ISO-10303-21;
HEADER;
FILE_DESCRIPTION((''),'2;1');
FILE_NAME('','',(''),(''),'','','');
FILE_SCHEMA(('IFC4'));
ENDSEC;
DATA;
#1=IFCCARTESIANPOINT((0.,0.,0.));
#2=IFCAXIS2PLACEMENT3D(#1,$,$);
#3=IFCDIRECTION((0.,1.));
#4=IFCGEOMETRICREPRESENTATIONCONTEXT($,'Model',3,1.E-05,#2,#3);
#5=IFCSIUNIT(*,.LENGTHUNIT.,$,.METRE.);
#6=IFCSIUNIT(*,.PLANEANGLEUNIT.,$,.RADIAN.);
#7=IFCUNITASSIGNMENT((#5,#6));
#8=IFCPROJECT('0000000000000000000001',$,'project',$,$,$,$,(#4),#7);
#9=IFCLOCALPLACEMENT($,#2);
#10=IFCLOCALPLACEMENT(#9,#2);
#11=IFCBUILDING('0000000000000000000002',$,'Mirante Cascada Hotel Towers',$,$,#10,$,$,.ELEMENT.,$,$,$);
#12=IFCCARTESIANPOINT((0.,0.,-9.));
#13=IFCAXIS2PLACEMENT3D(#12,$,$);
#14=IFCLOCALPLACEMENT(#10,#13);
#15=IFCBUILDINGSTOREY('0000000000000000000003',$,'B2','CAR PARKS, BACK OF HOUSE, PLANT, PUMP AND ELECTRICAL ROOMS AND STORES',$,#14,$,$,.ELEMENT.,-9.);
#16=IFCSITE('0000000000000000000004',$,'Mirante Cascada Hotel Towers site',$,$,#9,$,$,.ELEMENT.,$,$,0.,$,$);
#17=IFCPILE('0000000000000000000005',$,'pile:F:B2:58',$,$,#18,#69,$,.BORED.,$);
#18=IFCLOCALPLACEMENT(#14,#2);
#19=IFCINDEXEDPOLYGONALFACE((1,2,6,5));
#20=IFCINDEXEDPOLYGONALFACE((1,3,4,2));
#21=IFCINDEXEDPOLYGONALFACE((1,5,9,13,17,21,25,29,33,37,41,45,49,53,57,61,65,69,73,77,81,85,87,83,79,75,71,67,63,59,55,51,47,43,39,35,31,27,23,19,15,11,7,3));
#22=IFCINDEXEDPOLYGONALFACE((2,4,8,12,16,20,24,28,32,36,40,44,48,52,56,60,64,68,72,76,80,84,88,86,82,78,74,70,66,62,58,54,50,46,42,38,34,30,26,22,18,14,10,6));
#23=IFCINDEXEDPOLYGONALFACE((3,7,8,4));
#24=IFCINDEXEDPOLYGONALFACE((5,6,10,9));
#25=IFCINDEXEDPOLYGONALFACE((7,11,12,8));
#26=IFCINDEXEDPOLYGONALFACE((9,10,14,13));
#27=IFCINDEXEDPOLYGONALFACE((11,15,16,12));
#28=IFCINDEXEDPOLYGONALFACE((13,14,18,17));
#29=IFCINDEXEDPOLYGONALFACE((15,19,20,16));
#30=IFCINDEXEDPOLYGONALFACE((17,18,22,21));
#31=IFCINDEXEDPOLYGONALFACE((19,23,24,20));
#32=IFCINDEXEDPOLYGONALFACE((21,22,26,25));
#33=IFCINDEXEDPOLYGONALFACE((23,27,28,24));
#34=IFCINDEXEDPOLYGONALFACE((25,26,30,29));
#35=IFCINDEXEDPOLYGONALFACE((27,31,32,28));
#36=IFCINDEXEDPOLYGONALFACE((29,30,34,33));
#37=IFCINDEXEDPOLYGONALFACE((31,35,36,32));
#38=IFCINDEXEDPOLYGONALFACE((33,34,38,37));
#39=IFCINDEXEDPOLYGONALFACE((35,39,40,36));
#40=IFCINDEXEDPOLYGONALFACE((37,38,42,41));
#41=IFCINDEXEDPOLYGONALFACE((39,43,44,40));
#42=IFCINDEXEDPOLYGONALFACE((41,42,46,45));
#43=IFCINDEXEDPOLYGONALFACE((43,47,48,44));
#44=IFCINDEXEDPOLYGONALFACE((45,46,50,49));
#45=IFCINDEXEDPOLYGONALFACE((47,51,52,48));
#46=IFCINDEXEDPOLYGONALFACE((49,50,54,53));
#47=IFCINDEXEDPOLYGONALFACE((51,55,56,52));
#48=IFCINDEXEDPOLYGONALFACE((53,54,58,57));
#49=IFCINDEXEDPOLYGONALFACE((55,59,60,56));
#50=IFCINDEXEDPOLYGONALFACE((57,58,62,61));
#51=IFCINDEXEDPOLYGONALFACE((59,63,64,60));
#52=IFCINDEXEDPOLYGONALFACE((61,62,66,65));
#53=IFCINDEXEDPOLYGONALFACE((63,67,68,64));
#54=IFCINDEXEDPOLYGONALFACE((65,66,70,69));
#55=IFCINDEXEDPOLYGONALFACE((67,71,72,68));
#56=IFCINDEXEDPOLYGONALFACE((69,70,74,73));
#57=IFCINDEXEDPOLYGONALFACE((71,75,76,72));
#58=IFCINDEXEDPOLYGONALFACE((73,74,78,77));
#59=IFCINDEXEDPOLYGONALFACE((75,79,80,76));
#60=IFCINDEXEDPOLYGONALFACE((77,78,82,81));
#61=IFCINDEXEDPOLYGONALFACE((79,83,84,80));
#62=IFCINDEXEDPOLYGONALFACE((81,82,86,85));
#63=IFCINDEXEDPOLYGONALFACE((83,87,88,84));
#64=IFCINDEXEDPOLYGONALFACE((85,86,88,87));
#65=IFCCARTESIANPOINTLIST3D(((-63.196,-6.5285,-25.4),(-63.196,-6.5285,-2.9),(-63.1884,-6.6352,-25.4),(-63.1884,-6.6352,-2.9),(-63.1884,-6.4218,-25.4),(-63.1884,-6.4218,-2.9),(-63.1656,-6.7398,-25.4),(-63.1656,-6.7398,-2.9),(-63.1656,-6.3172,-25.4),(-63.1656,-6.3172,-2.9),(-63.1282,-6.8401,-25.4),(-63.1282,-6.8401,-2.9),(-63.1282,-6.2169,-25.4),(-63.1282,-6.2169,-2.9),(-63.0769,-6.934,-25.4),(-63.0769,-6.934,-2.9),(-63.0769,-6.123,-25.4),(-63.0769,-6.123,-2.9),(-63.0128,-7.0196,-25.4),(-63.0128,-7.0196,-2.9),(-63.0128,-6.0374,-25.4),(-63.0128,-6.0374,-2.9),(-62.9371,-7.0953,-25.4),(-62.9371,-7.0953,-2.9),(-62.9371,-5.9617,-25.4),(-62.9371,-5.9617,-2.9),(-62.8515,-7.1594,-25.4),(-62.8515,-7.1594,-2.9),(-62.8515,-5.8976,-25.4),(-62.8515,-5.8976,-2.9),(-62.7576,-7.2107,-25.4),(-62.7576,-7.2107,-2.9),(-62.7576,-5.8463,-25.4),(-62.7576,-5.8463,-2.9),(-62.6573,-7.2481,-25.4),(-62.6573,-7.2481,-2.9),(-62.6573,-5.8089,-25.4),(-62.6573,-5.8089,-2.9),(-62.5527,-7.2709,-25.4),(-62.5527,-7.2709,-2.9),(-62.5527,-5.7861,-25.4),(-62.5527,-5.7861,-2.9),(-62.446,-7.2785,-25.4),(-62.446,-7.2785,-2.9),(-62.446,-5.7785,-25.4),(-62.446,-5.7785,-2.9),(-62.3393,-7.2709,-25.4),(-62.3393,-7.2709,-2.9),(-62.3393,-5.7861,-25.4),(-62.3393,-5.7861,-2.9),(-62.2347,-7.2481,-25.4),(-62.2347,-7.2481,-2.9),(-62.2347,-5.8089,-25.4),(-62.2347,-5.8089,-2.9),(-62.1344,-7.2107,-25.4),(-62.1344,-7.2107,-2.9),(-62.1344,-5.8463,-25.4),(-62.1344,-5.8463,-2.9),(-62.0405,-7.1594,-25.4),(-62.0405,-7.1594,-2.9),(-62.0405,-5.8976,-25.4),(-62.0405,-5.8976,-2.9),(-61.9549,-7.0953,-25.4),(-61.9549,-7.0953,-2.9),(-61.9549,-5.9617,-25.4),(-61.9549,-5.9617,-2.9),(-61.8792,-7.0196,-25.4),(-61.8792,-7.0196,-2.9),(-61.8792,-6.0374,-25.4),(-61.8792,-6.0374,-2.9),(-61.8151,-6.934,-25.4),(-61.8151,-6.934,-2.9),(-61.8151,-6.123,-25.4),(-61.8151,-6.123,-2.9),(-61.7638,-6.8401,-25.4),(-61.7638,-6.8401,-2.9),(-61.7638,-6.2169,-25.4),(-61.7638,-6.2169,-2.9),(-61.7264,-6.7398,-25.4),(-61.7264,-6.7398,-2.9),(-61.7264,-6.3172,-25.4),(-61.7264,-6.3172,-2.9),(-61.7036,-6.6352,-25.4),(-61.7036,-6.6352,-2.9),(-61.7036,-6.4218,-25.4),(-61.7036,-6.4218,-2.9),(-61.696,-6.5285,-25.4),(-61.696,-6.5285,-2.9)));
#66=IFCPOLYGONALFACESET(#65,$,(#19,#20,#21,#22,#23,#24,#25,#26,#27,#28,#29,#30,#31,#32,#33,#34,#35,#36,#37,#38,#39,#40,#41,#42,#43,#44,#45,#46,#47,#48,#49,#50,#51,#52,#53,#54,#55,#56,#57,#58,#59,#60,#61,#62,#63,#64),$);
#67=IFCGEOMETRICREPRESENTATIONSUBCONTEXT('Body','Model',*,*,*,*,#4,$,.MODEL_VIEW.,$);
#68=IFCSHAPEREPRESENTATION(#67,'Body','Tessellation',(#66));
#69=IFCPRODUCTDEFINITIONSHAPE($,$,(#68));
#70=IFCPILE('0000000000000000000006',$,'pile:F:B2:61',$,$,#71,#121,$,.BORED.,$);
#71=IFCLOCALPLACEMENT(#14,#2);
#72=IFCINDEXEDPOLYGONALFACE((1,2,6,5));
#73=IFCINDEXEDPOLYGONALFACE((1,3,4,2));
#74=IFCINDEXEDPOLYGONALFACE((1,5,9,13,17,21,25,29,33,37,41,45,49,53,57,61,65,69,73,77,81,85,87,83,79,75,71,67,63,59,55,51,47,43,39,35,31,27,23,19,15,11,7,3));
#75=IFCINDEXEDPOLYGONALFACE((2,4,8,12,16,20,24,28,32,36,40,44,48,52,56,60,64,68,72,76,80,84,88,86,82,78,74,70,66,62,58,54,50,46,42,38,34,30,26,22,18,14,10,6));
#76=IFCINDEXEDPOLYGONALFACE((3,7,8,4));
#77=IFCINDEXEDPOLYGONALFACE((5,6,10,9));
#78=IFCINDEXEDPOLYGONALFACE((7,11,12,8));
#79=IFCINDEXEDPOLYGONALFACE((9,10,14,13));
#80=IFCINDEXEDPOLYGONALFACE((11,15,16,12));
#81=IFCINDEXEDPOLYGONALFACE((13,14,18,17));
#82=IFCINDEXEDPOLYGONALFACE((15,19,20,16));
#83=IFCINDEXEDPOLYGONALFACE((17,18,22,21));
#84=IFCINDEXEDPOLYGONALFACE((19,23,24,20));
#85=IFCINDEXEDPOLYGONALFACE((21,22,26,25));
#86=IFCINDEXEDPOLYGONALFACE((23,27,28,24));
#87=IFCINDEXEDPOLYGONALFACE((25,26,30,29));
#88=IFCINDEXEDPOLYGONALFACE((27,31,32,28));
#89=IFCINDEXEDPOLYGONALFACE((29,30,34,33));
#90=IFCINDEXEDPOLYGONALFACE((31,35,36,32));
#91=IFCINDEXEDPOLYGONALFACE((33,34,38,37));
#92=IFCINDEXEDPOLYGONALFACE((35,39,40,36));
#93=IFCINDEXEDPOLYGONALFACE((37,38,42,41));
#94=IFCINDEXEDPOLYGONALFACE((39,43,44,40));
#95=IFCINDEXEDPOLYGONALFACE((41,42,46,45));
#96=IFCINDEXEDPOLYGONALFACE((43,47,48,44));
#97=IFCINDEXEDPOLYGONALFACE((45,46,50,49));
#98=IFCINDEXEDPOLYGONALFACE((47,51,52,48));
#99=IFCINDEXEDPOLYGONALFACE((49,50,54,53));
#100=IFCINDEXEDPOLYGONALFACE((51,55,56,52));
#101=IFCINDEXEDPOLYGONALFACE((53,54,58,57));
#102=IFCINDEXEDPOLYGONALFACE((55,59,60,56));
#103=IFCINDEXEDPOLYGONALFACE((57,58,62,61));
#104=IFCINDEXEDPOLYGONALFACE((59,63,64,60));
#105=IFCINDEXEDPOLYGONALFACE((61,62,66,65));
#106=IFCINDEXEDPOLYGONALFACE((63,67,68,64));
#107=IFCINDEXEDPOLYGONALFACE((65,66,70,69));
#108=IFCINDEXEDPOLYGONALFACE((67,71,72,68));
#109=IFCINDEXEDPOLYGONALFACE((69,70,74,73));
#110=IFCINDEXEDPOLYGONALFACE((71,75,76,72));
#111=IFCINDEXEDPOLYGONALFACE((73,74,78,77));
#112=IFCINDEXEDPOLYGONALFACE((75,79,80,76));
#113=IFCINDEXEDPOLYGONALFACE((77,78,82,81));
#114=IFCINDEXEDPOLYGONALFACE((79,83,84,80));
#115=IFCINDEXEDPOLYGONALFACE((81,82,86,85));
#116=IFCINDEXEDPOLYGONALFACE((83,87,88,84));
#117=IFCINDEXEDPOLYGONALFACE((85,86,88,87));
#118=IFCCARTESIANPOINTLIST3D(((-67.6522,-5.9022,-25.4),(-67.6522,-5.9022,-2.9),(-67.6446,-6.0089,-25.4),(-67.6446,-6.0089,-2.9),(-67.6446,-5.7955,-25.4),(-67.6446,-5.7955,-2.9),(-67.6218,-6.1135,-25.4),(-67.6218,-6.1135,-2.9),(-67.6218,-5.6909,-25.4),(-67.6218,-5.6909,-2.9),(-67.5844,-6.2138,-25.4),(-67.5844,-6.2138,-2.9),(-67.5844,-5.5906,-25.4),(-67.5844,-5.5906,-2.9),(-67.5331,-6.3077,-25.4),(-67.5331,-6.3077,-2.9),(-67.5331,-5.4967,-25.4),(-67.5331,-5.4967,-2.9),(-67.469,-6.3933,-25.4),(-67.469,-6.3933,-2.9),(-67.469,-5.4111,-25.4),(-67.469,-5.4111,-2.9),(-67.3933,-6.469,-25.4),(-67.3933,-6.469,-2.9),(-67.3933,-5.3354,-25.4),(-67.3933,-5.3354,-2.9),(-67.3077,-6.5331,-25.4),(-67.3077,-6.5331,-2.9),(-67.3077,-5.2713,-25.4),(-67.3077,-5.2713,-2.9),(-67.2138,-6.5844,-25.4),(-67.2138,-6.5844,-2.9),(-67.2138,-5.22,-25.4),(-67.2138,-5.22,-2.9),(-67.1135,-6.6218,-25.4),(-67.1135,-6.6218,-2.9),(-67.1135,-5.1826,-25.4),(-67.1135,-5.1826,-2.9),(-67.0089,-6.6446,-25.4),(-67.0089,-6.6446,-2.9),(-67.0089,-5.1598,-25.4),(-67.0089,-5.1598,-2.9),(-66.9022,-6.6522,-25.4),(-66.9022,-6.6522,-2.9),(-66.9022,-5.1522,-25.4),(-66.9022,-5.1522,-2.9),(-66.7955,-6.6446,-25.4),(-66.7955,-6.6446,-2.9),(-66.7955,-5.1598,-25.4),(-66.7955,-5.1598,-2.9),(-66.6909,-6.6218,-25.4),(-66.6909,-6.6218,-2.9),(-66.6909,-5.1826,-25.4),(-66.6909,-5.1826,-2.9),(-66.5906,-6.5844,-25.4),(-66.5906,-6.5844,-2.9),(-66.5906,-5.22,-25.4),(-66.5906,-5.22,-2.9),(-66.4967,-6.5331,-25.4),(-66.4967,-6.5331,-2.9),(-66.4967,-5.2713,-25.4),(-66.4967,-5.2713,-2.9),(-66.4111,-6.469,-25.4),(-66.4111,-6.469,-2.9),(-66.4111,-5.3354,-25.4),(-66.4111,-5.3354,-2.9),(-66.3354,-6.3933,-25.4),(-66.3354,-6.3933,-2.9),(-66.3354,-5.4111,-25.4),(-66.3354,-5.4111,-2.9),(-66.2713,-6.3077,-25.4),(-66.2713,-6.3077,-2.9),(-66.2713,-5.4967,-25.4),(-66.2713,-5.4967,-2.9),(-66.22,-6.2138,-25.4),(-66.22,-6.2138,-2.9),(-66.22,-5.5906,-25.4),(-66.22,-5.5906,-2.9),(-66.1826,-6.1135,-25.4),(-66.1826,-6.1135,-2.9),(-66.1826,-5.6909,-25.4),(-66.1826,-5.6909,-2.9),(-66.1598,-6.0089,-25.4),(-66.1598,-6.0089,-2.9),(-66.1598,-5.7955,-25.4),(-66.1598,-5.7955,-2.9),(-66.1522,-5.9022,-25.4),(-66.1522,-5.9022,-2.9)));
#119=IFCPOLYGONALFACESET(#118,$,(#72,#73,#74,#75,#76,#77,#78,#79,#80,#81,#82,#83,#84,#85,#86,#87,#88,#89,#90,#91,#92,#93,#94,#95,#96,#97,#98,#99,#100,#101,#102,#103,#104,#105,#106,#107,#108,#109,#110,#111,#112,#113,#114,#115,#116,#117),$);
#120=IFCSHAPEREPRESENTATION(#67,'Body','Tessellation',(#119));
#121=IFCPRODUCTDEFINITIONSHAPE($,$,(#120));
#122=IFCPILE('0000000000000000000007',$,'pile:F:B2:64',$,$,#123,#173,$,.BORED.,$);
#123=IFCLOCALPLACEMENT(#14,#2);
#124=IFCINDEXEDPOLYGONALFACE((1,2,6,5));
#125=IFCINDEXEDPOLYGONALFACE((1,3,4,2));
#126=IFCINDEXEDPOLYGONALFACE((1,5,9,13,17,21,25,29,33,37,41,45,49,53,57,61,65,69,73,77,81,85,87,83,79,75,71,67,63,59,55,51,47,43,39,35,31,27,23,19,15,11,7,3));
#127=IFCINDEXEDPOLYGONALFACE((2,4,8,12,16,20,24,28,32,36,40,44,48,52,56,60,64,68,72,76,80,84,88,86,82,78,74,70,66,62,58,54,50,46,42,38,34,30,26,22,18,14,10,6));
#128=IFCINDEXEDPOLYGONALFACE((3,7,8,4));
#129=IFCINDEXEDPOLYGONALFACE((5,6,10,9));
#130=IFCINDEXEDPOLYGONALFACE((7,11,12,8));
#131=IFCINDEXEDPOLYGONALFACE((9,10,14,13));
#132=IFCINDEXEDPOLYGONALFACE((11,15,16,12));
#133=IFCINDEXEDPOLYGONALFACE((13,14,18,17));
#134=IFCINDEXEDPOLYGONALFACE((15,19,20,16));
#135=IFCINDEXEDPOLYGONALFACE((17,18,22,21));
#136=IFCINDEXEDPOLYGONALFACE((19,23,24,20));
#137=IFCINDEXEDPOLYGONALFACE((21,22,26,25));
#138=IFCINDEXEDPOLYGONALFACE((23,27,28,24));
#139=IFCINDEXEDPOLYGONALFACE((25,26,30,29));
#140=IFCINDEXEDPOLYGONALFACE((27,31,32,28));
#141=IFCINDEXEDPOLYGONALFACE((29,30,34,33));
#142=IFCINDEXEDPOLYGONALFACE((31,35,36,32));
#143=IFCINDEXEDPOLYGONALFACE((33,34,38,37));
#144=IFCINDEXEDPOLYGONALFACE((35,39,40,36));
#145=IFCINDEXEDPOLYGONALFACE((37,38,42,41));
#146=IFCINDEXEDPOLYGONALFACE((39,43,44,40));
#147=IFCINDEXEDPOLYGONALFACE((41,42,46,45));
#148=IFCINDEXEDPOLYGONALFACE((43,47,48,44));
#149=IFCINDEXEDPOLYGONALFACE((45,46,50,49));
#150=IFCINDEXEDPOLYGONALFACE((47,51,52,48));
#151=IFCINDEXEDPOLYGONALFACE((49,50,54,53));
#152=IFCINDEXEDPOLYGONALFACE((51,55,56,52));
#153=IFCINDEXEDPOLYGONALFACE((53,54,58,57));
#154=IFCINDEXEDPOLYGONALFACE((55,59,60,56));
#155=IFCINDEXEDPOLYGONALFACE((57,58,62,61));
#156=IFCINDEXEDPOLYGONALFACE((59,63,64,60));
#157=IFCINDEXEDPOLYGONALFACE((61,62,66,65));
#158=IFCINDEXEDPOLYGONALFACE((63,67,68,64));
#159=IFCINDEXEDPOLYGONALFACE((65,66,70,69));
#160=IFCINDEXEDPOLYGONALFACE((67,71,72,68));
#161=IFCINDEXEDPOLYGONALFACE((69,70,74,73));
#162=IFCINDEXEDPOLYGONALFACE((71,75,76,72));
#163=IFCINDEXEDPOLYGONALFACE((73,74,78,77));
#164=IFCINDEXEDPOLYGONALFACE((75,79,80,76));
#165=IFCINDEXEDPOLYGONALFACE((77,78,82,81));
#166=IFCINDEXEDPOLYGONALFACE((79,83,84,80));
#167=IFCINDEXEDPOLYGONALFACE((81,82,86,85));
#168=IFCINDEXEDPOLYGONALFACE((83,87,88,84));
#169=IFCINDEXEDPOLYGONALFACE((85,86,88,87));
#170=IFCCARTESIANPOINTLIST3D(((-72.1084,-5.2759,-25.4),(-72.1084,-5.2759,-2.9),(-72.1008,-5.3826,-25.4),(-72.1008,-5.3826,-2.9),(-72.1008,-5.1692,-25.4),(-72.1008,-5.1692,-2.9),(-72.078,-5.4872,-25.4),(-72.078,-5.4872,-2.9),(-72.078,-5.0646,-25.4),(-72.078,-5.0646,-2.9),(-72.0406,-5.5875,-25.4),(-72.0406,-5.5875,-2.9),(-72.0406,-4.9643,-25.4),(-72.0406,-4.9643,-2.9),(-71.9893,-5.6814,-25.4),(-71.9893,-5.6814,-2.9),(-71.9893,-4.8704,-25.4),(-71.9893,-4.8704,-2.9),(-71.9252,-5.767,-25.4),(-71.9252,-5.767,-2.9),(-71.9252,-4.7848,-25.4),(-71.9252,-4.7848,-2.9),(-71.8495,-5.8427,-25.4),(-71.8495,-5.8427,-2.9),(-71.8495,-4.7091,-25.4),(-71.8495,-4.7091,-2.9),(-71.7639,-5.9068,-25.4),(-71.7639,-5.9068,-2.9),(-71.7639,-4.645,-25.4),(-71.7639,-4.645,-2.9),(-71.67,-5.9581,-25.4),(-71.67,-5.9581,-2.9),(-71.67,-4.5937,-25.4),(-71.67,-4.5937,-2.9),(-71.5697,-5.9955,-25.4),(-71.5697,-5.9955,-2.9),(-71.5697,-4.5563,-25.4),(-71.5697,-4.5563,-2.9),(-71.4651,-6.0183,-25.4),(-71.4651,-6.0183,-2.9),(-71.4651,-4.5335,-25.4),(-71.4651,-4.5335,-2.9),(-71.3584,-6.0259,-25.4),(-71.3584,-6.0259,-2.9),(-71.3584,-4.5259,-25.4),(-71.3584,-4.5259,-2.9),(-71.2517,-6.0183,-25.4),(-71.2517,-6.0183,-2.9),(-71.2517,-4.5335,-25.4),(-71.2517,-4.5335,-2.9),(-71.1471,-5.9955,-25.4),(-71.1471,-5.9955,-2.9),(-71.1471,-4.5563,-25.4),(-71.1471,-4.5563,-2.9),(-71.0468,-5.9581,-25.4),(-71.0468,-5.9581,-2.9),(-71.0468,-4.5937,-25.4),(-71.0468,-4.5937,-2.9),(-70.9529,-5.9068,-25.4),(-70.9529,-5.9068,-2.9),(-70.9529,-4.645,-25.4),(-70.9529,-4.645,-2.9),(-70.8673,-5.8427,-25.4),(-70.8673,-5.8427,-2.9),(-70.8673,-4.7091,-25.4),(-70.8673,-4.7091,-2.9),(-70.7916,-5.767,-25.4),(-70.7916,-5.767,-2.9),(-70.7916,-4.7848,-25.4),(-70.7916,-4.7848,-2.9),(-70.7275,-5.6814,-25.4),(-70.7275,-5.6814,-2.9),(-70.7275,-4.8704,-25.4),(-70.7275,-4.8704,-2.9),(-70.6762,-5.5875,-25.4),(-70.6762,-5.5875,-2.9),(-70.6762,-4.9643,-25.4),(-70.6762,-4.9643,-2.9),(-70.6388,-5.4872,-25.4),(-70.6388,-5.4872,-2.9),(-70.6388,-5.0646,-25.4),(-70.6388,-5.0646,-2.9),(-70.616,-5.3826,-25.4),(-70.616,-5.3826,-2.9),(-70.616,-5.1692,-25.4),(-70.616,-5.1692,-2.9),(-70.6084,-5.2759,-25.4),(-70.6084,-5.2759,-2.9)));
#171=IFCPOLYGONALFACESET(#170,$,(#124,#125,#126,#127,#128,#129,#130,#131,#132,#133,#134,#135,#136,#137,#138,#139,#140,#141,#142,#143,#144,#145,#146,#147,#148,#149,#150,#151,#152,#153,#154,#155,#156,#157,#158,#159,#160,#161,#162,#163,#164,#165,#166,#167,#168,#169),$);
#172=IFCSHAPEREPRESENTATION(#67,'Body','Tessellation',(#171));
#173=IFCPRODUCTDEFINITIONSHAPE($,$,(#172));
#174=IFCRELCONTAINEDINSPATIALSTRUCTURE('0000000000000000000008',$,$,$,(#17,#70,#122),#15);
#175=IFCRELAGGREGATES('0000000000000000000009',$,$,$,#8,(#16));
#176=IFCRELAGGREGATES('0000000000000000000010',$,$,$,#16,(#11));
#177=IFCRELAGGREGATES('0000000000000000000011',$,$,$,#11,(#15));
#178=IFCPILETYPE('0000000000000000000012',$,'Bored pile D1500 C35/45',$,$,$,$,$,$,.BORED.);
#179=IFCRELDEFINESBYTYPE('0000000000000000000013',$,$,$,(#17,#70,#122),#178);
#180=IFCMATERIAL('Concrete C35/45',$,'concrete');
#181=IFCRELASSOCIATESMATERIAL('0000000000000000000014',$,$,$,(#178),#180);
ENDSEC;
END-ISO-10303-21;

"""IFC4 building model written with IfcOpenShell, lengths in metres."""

from ifc_helpers import new_model, si_unit, direction, frame, origin, origin_2d, place, context, subcontext, project, spatial, circle, extrude, material, material_profile, profile_set, type_object, element, save


model = new_model("IFC4")

# Units and contexts
model_context = context("Model", 3, precision=1e-05, world=origin(), true_north=direction((0.0, 1.0)))
body_context = subcontext(model_context, "Body", "Model", "MODEL_VIEW")
ifc_project = project(units=[si_unit("LENGTHUNIT", "METRE"), si_unit("PLANEANGLEUNIT", "RADIAN")], contexts=[model_context])

# Site, building, storey
site_placement = place(None, origin())
site = spatial("IfcSite", under=ifc_project, at=site_placement, Name="Mirante Cascada Hotel Towers site", CompositionType="ELEMENT", RefElevation=0.0)
building_placement = place(site_placement, origin())
building = spatial("IfcBuilding", under=site, at=building_placement, Name="Mirante Cascada Hotel Towers", CompositionType="ELEMENT")
storey_placement = place(building_placement, frame((0.0, 0.0, -9.0)))
storey = spatial("IfcBuildingStorey", under=building, at=storey_placement, Name="B2", Description="CAR PARKS, BACK OF HOUSE, PLANT, PUMP AND ELECTRICAL ROOMS AND STORES", CompositionType="ELEMENT", Elevation=-9.0)

# Piles
ifc_material_1 = material(Name="Concrete C35/45", Category="concrete")
ifc_material_profile_1 = material_profile(ifc_material_1, circle(Radius=0.75, at=origin_2d()), Name="RC D1500")
ifc_profile_set_1 = profile_set([ifc_material_profile_1], Name="Concrete C35/45")
pile_type = type_object("IfcPileType", Name="Bored pile D1500 C35/45", PredefinedType="BORED", material=ifc_profile_set_1)
for number, where, z_axis, x_axis, name in (
    (1, (-62.446, -6.5285, -2.9), (0.0, 0.0, -1.0), (1.0, 0.0, 0.0), "pile:F:B2:58"),
    (2, (-66.9022, -5.9022, -2.9), (0.0, 0.0, -1.0), (1.0, 0.0, 0.0), "pile:F:B2:61"),
    (3, (-71.3584, -5.2759, -2.9), (0.0, 0.0, -1.0), (1.0, 0.0, 0.0), "pile:F:B2:64"),
):
    element("IfcPile", number, at=place(storey_placement, frame(where, z_axis=z_axis, x_axis=x_axis)), inside=storey, type_object=pile_type, Name=name, PredefinedType="BORED", context=body_context, shape_type="SweptSolid", body=[
        extrude(circle(Radius=0.75, at=origin_2d()), origin(), (0.0, 0.0, 1.0), 22.5),
    ])

save(model, "model.ifc")
